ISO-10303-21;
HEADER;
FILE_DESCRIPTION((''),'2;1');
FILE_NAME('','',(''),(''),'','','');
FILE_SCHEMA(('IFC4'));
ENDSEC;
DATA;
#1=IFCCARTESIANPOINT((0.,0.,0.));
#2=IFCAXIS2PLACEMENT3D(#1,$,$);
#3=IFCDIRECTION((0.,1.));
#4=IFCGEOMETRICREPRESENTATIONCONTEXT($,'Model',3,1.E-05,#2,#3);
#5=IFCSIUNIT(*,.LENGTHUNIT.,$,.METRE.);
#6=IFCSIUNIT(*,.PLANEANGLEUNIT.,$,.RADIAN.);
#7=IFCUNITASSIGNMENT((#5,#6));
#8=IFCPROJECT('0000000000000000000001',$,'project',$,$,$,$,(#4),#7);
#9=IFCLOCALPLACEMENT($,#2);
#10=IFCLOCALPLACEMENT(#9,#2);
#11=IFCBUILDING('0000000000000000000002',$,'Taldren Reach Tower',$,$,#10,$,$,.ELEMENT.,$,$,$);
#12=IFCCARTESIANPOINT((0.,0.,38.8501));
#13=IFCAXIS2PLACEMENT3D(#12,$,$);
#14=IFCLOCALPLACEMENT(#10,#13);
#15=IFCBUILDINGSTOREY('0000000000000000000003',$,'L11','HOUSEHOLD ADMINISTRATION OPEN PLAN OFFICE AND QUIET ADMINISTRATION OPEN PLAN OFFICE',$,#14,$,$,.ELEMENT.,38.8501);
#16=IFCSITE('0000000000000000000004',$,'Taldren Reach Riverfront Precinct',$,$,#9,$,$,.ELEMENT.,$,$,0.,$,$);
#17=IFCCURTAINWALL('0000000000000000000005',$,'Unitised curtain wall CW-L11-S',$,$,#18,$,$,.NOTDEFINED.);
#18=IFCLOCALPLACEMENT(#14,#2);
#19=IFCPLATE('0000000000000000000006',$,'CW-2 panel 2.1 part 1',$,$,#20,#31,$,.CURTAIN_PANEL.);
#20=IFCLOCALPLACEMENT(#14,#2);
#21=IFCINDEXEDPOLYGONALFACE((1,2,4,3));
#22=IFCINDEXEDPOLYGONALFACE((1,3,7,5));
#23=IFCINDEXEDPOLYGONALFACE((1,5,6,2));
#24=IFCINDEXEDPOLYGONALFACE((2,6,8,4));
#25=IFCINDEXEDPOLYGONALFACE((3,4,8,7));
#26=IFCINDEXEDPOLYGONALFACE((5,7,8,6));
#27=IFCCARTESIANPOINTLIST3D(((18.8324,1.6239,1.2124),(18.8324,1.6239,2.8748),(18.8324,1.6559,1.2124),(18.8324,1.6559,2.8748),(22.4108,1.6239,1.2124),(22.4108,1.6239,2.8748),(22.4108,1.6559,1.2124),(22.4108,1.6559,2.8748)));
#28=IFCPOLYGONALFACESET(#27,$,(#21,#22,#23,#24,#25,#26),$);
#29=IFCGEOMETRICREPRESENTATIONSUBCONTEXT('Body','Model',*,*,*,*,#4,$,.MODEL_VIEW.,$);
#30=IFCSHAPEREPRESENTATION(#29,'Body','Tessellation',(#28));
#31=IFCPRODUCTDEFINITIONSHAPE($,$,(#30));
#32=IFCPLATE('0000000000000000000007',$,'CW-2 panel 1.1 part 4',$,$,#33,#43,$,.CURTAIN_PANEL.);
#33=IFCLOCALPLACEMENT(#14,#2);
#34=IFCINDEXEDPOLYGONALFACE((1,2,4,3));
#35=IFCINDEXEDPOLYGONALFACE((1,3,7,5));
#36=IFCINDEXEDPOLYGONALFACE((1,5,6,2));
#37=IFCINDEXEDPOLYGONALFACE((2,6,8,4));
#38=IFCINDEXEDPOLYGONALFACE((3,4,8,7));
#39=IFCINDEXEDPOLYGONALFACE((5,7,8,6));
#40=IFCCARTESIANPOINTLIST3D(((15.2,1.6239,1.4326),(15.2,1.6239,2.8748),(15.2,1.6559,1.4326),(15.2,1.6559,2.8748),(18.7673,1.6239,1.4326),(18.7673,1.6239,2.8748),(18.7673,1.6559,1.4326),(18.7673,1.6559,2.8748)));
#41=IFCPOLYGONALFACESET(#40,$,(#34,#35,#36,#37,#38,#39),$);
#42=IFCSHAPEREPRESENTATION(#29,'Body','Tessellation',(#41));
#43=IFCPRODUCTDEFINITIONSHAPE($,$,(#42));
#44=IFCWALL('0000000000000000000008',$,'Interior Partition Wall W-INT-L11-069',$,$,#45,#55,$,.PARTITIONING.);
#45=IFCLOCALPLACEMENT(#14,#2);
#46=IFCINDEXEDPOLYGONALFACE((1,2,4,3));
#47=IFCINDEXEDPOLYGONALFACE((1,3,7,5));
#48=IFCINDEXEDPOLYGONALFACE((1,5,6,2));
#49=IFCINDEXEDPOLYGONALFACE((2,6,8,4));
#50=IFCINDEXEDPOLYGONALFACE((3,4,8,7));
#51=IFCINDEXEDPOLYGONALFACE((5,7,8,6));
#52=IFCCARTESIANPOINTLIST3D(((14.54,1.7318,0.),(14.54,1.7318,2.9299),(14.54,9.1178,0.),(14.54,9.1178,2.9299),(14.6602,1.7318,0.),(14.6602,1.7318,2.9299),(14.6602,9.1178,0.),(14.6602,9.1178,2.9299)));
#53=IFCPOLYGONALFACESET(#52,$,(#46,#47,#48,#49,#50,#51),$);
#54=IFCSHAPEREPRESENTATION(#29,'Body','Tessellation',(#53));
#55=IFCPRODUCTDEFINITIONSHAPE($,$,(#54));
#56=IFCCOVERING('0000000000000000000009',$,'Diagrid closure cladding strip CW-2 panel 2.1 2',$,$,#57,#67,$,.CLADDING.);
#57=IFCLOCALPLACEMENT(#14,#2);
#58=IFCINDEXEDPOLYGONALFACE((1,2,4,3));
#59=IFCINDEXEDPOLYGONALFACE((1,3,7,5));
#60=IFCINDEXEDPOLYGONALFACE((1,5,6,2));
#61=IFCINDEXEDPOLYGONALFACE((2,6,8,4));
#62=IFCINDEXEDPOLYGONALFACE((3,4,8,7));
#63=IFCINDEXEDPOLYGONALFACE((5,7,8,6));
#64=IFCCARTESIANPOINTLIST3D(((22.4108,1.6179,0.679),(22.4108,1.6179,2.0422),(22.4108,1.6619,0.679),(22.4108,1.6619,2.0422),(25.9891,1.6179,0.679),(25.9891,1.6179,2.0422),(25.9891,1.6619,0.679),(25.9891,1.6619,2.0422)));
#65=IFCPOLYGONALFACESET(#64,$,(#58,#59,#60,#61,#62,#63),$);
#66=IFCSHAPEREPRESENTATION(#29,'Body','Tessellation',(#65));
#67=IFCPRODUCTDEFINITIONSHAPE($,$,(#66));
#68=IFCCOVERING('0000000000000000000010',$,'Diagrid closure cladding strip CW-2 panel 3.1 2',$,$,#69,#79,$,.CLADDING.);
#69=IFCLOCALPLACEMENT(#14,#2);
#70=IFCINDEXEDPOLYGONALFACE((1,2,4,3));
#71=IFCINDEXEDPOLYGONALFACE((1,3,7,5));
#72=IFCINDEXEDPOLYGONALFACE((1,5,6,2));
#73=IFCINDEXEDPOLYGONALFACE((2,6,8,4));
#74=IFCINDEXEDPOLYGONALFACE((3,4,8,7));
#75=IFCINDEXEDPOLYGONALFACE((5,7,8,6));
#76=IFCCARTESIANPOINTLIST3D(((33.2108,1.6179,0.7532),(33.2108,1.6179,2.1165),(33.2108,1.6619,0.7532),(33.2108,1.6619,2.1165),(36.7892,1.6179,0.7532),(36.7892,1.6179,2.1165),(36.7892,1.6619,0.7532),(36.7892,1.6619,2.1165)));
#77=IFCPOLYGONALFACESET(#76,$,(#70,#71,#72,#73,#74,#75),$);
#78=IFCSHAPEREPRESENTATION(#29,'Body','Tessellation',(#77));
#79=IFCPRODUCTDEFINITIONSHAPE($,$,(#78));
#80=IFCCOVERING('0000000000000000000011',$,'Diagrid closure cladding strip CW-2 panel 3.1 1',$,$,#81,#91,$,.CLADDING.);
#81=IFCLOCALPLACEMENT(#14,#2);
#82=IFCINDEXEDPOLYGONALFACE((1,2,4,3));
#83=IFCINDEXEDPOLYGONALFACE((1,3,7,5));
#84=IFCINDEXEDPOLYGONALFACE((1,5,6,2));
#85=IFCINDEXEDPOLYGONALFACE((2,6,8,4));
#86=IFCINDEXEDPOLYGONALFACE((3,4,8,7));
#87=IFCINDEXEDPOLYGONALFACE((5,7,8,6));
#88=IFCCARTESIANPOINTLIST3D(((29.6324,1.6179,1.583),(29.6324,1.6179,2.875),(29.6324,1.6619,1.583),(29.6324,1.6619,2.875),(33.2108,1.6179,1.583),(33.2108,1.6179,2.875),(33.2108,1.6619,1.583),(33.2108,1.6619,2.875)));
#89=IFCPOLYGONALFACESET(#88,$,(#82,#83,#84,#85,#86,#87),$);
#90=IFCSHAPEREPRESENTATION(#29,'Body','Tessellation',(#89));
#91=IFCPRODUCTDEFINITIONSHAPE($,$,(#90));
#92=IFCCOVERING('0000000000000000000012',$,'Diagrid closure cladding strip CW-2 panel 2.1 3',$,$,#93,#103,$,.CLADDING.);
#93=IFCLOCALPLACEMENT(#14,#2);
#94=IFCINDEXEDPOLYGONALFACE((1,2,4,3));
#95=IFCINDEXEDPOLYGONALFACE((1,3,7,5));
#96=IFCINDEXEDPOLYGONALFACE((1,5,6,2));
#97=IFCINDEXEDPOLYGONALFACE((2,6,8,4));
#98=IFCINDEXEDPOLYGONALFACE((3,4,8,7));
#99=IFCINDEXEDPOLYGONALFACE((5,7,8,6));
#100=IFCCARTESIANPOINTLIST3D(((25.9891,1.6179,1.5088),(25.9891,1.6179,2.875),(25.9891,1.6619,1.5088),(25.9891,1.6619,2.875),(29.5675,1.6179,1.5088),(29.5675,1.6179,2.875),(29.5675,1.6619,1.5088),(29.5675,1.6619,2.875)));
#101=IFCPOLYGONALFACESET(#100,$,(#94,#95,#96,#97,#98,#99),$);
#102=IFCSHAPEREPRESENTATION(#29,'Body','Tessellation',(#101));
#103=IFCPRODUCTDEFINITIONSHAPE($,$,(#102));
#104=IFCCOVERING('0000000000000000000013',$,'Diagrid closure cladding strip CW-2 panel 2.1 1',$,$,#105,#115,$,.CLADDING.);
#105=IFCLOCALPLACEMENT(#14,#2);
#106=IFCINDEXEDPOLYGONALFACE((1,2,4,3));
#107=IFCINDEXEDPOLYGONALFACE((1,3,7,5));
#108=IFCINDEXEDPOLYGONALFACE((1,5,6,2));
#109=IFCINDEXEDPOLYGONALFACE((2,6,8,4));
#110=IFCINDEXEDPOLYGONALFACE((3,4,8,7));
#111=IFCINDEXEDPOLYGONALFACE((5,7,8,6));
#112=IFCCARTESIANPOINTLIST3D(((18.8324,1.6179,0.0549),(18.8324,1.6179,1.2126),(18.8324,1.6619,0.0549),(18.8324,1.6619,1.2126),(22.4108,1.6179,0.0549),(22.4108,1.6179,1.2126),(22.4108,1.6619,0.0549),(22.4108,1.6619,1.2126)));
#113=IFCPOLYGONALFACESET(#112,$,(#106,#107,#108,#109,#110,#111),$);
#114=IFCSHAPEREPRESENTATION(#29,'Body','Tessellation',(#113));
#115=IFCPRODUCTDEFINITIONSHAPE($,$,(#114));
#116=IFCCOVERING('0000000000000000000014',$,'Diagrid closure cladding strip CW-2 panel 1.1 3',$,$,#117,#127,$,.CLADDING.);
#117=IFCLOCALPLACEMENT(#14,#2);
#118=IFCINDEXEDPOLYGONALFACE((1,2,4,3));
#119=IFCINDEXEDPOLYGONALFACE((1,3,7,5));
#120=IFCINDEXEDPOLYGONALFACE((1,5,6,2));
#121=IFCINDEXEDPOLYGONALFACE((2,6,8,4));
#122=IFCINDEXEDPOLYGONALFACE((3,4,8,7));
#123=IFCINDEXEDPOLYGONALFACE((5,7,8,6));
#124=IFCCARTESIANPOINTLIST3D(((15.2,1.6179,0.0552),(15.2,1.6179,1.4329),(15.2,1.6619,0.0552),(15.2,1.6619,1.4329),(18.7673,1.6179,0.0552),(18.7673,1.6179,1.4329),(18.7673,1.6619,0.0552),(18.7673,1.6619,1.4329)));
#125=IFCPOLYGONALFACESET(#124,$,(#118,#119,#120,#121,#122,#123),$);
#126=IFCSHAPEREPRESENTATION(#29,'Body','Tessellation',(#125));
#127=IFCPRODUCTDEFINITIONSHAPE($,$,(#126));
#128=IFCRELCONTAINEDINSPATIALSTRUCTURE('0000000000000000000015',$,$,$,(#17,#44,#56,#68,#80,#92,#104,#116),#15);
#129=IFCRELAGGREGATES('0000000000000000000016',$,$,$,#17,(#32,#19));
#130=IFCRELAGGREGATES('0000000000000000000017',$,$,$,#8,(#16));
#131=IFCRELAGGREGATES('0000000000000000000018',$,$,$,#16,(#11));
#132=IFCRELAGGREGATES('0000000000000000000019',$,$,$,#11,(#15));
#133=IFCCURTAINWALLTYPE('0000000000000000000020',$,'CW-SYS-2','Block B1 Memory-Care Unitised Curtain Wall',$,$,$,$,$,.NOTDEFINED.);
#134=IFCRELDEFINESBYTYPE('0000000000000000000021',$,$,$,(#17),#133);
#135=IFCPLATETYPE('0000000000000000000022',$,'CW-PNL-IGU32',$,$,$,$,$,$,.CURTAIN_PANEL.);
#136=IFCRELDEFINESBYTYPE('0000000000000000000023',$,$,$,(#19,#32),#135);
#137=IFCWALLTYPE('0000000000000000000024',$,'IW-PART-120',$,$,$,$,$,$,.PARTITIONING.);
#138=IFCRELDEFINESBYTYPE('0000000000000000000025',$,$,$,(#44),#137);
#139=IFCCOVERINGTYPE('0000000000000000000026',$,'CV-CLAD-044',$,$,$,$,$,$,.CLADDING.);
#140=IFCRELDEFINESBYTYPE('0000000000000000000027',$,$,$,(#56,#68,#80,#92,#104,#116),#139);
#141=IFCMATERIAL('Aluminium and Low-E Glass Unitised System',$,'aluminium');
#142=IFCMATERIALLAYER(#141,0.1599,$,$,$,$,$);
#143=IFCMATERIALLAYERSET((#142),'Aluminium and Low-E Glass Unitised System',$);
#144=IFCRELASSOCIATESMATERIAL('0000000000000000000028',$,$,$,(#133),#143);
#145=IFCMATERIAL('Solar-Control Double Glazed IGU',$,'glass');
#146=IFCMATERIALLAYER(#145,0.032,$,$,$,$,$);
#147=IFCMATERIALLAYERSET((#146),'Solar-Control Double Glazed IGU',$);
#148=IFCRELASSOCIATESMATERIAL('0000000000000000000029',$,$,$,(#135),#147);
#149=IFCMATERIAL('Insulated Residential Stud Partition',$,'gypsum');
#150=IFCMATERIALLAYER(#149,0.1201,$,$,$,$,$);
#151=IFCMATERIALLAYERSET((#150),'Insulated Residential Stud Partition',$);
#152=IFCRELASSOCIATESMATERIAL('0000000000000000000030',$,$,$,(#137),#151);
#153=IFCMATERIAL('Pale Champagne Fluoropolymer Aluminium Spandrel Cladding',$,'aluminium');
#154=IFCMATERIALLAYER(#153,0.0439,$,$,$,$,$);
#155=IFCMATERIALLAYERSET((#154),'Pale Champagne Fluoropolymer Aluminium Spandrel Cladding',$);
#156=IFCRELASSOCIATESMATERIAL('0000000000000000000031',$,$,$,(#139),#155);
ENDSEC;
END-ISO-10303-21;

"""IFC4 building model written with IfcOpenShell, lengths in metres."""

from ifc_helpers import new_model, si_unit, direction, frame, frame_2d, origin, origin_2d, place, context, subcontext, project, spatial, rectangle, extrude, source, transform, mapped, material, layer, layer_set, type_object, element, aggregate, save


model = new_model("IFC4")

# Units and contexts
model_context = context("Model", 3, precision=1e-05, world=origin(), true_north=direction((0.0, 1.0)))
body_context = subcontext(model_context, "Body", "Model", "MODEL_VIEW")
ifc_project = project(units=[si_unit("LENGTHUNIT", "METRE"), si_unit("PLANEANGLEUNIT", "RADIAN")], contexts=[model_context])

# Site, building, storey
site_placement = place(None, origin())
site = spatial("IfcSite", under=ifc_project, at=site_placement, Name="Taldren Reach Riverfront Precinct", CompositionType="ELEMENT", RefElevation=0.0)
building_placement = place(site_placement, origin())
building = spatial("IfcBuilding", under=site, at=building_placement, Name="Taldren Reach Tower", CompositionType="ELEMENT")
storey_placement = place(building_placement, frame((0.0, 0.0, 38.8501)))
storey = spatial("IfcBuildingStorey", under=building, at=storey_placement, Name="L11", Description="HOUSEHOLD ADMINISTRATION OPEN PLAN OFFICE AND QUIET ADMINISTRATION OPEN PLAN OFFICE", CompositionType="ELEMENT", Elevation=38.8501)

# Curtain wall
ifc_material_1 = material(Name="Aluminium and Low-E Glass Unitised System", Category="aluminium")
ifc_layer_1 = layer(ifc_material_1, 0.1599)
ifc_layer_set_1 = layer_set([ifc_layer_1], Name="Aluminium and Low-E Glass Unitised System")
curtain_wall_type = type_object("IfcCurtainWallType", Name="CW-SYS-2", Description="Block B1 Memory-Care Unitised Curtain Wall", PredefinedType="NOTDEFINED", material=ifc_layer_set_1)
curtain_wall_placement = place(storey_placement, origin())
curtain_wall = element("IfcCurtainWall", 1, at=curtain_wall_placement, inside=storey, type_object=curtain_wall_type, Name="Unitised curtain wall CW-L11-S", PredefinedType="NOTDEFINED")

# Plates
ifc_material_2 = material(Name="Solar-Control Double Glazed IGU", Category="glass")
ifc_layer_2 = layer(ifc_material_2, 0.032)
ifc_layer_set_2 = layer_set([ifc_layer_2], Name="Solar-Control Double Glazed IGU")
plate_type_1 = type_object("IfcPlateType", Name="CW-PNL-IGU32", PredefinedType="CURTAIN_PANEL", material=ifc_layer_set_2)
shared_shape_1 = source(origin(), body_context, "Body", "SweptSolid", [
    extrude(rectangle(XDim=3.5784, YDim=0.032, at=origin_2d()), origin(), (0.0, 0.0, 1.0), 1.6624),
])
plate_1_placement = place(storey_placement, frame((20.6216, 1.6399, 1.2124), z_axis=(0.0, 0.0, 1.0), x_axis=(1.0, 0.0, 0.0)))
plate_1 = element("IfcPlate", 2, at=plate_1_placement, type_object=plate_type_1, Name="CW-2 panel 2.1 part 1", PredefinedType="CURTAIN_PANEL", context=body_context, shape_type="MappedRepresentation", body=[
    mapped(shared_shape_1, transform((0.0, 0.0, 0.0), scale=1.0)),
])
shared_shape_2 = source(origin(), body_context, "Body", "SweptSolid", [
    extrude(rectangle(XDim=3.5674, YDim=0.032, at=origin_2d()), origin(), (0.0, 0.0, 1.0), 1.4421),
])
plate_2_placement = place(storey_placement, frame((16.9836, 1.6399, 1.4326), z_axis=(0.0, 0.0, 1.0), x_axis=(1.0, 0.0, 0.0)))
plate_2 = element("IfcPlate", 3, at=plate_2_placement, type_object=plate_type_1, Name="CW-2 panel 1.1 part 4", PredefinedType="CURTAIN_PANEL", context=body_context, shape_type="MappedRepresentation", body=[
    mapped(shared_shape_2, transform((0.0, 0.0, 0.0), scale=1.0)),
])
aggregate(curtain_wall, [plate_2, plate_1])

# Wall
ifc_material_3 = material(Name="Insulated Residential Stud Partition", Category="gypsum")
ifc_layer_3 = layer(ifc_material_3, 0.1201)
ifc_layer_set_3 = layer_set([ifc_layer_3], Name="Insulated Residential Stud Partition")
wall_type = type_object("IfcWallType", Name="IW-PART-120", PredefinedType="PARTITIONING", material=ifc_layer_set_3)
shared_shape_3 = source(origin(), body_context, "Body", "SweptSolid", [
    extrude(rectangle(XDim=7.386, YDim=0.1201, at=frame_2d((3.6929, 0.0))), origin(), (0.0, 0.0, 1.0), 2.9299),
])
wall_placement = place(storey_placement, frame((14.6001, 1.7319, 0.0), z_axis=(0.0, 0.0, 1.0), x_axis=(0.0, 1.0, 0.0)))
element("IfcWall", 4, at=wall_placement, inside=storey, type_object=wall_type, Name="Interior Partition Wall W-INT-L11-069", PredefinedType="PARTITIONING", context=body_context, shape_type="MappedRepresentation", body=[
    mapped(shared_shape_3, transform((0.0, 0.0, 0.0), scale=1.0)),
])

# Coverings
ifc_material_4 = material(Name="Pale Champagne Fluoropolymer Aluminium Spandrel Cladding", Category="aluminium")
ifc_layer_4 = layer(ifc_material_4, 0.0439)
ifc_layer_set_4 = layer_set([ifc_layer_4], Name="Pale Champagne Fluoropolymer Aluminium Spandrel Cladding")
covering_type = type_object("IfcCoveringType", Name="CV-CLAD-044", PredefinedType="CLADDING", material=ifc_layer_set_4)
shared_shape_4 = source(origin(), body_context, "Body", "SweptSolid", [
    extrude(rectangle(XDim=3.5784, YDim=0.0439, at=origin_2d()), origin(), (0.0, 0.0, 1.0), 1.3633),
])
for number, where, z_axis, x_axis, name in (
    (5, (24.2, 1.6399, 0.679), (0.0, 0.0, 1.0), (1.0, 0.0, 0.0), "Diagrid closure cladding strip CW-2 panel 2.1 2"),
    (6, (35.0, 1.6399, 0.7532), (0.0, 0.0, 1.0), (1.0, 0.0, 0.0), "Diagrid closure cladding strip CW-2 panel 3.1 2"),
):
    element("IfcCovering", number, at=place(storey_placement, frame(where, z_axis=z_axis, x_axis=x_axis)), inside=storey, type_object=covering_type, Name=name, PredefinedType="CLADDING", context=body_context, shape_type="MappedRepresentation", body=[
        mapped(shared_shape_4, transform((0.0, 0.0, 0.0), scale=1.0)),
    ])
shared_shape_5 = source(origin(), body_context, "Body", "SweptSolid", [
    extrude(rectangle(XDim=3.5784, YDim=0.0439, at=origin_2d()), origin(), (0.0, 0.0, 1.0), 1.292),
])
covering_1_placement = place(storey_placement, frame((31.4216, 1.6399, 1.583), z_axis=(0.0, 0.0, 1.0), x_axis=(1.0, 0.0, 0.0)))
element("IfcCovering", 7, at=covering_1_placement, inside=storey, type_object=covering_type, Name="Diagrid closure cladding strip CW-2 panel 3.1 1", PredefinedType="CLADDING", context=body_context, shape_type="MappedRepresentation", body=[
    mapped(shared_shape_5, transform((0.0, 0.0, 0.0), scale=1.0)),
])
shared_shape_6 = source(origin(), body_context, "Body", "SweptSolid", [
    extrude(rectangle(XDim=3.5784, YDim=0.0439, at=origin_2d()), origin(), (0.0, 0.0, 1.0), 1.3662),
])
covering_2_placement = place(storey_placement, frame((27.7783, 1.6399, 1.5088), z_axis=(0.0, 0.0, 1.0), x_axis=(1.0, 0.0, 0.0)))
element("IfcCovering", 8, at=covering_2_placement, inside=storey, type_object=covering_type, Name="Diagrid closure cladding strip CW-2 panel 2.1 3", PredefinedType="CLADDING", context=body_context, shape_type="MappedRepresentation", body=[
    mapped(shared_shape_6, transform((0.0, 0.0, 0.0), scale=1.0)),
])
shared_shape_7 = source(origin(), body_context, "Body", "SweptSolid", [
    extrude(rectangle(XDim=3.5784, YDim=0.0439, at=origin_2d()), origin(), (0.0, 0.0, 1.0), 1.1577),
])
covering_3_placement = place(storey_placement, frame((20.6216, 1.6399, 0.0549), z_axis=(0.0, 0.0, 1.0), x_axis=(1.0, 0.0, 0.0)))
element("IfcCovering", 9, at=covering_3_placement, inside=storey, type_object=covering_type, Name="Diagrid closure cladding strip CW-2 panel 2.1 1", PredefinedType="CLADDING", context=body_context, shape_type="MappedRepresentation", body=[
    mapped(shared_shape_7, transform((0.0, 0.0, 0.0), scale=1.0)),
])
shared_shape_8 = source(origin(), body_context, "Body", "SweptSolid", [
    extrude(rectangle(XDim=3.5674, YDim=0.0439, at=origin_2d()), origin(), (0.0, 0.0, 1.0), 1.3777),
])
covering_4_placement = place(storey_placement, frame((16.9836, 1.6399, 0.0552), z_axis=(0.0, 0.0, 1.0), x_axis=(1.0, 0.0, 0.0)))
element("IfcCovering", 10, at=covering_4_placement, inside=storey, type_object=covering_type, Name="Diagrid closure cladding strip CW-2 panel 1.1 3", PredefinedType="CLADDING", context=body_context, shape_type="MappedRepresentation", body=[
    mapped(shared_shape_8, transform((0.0, 0.0, 0.0), scale=1.0)),
])

save(model, "model.ifc")
